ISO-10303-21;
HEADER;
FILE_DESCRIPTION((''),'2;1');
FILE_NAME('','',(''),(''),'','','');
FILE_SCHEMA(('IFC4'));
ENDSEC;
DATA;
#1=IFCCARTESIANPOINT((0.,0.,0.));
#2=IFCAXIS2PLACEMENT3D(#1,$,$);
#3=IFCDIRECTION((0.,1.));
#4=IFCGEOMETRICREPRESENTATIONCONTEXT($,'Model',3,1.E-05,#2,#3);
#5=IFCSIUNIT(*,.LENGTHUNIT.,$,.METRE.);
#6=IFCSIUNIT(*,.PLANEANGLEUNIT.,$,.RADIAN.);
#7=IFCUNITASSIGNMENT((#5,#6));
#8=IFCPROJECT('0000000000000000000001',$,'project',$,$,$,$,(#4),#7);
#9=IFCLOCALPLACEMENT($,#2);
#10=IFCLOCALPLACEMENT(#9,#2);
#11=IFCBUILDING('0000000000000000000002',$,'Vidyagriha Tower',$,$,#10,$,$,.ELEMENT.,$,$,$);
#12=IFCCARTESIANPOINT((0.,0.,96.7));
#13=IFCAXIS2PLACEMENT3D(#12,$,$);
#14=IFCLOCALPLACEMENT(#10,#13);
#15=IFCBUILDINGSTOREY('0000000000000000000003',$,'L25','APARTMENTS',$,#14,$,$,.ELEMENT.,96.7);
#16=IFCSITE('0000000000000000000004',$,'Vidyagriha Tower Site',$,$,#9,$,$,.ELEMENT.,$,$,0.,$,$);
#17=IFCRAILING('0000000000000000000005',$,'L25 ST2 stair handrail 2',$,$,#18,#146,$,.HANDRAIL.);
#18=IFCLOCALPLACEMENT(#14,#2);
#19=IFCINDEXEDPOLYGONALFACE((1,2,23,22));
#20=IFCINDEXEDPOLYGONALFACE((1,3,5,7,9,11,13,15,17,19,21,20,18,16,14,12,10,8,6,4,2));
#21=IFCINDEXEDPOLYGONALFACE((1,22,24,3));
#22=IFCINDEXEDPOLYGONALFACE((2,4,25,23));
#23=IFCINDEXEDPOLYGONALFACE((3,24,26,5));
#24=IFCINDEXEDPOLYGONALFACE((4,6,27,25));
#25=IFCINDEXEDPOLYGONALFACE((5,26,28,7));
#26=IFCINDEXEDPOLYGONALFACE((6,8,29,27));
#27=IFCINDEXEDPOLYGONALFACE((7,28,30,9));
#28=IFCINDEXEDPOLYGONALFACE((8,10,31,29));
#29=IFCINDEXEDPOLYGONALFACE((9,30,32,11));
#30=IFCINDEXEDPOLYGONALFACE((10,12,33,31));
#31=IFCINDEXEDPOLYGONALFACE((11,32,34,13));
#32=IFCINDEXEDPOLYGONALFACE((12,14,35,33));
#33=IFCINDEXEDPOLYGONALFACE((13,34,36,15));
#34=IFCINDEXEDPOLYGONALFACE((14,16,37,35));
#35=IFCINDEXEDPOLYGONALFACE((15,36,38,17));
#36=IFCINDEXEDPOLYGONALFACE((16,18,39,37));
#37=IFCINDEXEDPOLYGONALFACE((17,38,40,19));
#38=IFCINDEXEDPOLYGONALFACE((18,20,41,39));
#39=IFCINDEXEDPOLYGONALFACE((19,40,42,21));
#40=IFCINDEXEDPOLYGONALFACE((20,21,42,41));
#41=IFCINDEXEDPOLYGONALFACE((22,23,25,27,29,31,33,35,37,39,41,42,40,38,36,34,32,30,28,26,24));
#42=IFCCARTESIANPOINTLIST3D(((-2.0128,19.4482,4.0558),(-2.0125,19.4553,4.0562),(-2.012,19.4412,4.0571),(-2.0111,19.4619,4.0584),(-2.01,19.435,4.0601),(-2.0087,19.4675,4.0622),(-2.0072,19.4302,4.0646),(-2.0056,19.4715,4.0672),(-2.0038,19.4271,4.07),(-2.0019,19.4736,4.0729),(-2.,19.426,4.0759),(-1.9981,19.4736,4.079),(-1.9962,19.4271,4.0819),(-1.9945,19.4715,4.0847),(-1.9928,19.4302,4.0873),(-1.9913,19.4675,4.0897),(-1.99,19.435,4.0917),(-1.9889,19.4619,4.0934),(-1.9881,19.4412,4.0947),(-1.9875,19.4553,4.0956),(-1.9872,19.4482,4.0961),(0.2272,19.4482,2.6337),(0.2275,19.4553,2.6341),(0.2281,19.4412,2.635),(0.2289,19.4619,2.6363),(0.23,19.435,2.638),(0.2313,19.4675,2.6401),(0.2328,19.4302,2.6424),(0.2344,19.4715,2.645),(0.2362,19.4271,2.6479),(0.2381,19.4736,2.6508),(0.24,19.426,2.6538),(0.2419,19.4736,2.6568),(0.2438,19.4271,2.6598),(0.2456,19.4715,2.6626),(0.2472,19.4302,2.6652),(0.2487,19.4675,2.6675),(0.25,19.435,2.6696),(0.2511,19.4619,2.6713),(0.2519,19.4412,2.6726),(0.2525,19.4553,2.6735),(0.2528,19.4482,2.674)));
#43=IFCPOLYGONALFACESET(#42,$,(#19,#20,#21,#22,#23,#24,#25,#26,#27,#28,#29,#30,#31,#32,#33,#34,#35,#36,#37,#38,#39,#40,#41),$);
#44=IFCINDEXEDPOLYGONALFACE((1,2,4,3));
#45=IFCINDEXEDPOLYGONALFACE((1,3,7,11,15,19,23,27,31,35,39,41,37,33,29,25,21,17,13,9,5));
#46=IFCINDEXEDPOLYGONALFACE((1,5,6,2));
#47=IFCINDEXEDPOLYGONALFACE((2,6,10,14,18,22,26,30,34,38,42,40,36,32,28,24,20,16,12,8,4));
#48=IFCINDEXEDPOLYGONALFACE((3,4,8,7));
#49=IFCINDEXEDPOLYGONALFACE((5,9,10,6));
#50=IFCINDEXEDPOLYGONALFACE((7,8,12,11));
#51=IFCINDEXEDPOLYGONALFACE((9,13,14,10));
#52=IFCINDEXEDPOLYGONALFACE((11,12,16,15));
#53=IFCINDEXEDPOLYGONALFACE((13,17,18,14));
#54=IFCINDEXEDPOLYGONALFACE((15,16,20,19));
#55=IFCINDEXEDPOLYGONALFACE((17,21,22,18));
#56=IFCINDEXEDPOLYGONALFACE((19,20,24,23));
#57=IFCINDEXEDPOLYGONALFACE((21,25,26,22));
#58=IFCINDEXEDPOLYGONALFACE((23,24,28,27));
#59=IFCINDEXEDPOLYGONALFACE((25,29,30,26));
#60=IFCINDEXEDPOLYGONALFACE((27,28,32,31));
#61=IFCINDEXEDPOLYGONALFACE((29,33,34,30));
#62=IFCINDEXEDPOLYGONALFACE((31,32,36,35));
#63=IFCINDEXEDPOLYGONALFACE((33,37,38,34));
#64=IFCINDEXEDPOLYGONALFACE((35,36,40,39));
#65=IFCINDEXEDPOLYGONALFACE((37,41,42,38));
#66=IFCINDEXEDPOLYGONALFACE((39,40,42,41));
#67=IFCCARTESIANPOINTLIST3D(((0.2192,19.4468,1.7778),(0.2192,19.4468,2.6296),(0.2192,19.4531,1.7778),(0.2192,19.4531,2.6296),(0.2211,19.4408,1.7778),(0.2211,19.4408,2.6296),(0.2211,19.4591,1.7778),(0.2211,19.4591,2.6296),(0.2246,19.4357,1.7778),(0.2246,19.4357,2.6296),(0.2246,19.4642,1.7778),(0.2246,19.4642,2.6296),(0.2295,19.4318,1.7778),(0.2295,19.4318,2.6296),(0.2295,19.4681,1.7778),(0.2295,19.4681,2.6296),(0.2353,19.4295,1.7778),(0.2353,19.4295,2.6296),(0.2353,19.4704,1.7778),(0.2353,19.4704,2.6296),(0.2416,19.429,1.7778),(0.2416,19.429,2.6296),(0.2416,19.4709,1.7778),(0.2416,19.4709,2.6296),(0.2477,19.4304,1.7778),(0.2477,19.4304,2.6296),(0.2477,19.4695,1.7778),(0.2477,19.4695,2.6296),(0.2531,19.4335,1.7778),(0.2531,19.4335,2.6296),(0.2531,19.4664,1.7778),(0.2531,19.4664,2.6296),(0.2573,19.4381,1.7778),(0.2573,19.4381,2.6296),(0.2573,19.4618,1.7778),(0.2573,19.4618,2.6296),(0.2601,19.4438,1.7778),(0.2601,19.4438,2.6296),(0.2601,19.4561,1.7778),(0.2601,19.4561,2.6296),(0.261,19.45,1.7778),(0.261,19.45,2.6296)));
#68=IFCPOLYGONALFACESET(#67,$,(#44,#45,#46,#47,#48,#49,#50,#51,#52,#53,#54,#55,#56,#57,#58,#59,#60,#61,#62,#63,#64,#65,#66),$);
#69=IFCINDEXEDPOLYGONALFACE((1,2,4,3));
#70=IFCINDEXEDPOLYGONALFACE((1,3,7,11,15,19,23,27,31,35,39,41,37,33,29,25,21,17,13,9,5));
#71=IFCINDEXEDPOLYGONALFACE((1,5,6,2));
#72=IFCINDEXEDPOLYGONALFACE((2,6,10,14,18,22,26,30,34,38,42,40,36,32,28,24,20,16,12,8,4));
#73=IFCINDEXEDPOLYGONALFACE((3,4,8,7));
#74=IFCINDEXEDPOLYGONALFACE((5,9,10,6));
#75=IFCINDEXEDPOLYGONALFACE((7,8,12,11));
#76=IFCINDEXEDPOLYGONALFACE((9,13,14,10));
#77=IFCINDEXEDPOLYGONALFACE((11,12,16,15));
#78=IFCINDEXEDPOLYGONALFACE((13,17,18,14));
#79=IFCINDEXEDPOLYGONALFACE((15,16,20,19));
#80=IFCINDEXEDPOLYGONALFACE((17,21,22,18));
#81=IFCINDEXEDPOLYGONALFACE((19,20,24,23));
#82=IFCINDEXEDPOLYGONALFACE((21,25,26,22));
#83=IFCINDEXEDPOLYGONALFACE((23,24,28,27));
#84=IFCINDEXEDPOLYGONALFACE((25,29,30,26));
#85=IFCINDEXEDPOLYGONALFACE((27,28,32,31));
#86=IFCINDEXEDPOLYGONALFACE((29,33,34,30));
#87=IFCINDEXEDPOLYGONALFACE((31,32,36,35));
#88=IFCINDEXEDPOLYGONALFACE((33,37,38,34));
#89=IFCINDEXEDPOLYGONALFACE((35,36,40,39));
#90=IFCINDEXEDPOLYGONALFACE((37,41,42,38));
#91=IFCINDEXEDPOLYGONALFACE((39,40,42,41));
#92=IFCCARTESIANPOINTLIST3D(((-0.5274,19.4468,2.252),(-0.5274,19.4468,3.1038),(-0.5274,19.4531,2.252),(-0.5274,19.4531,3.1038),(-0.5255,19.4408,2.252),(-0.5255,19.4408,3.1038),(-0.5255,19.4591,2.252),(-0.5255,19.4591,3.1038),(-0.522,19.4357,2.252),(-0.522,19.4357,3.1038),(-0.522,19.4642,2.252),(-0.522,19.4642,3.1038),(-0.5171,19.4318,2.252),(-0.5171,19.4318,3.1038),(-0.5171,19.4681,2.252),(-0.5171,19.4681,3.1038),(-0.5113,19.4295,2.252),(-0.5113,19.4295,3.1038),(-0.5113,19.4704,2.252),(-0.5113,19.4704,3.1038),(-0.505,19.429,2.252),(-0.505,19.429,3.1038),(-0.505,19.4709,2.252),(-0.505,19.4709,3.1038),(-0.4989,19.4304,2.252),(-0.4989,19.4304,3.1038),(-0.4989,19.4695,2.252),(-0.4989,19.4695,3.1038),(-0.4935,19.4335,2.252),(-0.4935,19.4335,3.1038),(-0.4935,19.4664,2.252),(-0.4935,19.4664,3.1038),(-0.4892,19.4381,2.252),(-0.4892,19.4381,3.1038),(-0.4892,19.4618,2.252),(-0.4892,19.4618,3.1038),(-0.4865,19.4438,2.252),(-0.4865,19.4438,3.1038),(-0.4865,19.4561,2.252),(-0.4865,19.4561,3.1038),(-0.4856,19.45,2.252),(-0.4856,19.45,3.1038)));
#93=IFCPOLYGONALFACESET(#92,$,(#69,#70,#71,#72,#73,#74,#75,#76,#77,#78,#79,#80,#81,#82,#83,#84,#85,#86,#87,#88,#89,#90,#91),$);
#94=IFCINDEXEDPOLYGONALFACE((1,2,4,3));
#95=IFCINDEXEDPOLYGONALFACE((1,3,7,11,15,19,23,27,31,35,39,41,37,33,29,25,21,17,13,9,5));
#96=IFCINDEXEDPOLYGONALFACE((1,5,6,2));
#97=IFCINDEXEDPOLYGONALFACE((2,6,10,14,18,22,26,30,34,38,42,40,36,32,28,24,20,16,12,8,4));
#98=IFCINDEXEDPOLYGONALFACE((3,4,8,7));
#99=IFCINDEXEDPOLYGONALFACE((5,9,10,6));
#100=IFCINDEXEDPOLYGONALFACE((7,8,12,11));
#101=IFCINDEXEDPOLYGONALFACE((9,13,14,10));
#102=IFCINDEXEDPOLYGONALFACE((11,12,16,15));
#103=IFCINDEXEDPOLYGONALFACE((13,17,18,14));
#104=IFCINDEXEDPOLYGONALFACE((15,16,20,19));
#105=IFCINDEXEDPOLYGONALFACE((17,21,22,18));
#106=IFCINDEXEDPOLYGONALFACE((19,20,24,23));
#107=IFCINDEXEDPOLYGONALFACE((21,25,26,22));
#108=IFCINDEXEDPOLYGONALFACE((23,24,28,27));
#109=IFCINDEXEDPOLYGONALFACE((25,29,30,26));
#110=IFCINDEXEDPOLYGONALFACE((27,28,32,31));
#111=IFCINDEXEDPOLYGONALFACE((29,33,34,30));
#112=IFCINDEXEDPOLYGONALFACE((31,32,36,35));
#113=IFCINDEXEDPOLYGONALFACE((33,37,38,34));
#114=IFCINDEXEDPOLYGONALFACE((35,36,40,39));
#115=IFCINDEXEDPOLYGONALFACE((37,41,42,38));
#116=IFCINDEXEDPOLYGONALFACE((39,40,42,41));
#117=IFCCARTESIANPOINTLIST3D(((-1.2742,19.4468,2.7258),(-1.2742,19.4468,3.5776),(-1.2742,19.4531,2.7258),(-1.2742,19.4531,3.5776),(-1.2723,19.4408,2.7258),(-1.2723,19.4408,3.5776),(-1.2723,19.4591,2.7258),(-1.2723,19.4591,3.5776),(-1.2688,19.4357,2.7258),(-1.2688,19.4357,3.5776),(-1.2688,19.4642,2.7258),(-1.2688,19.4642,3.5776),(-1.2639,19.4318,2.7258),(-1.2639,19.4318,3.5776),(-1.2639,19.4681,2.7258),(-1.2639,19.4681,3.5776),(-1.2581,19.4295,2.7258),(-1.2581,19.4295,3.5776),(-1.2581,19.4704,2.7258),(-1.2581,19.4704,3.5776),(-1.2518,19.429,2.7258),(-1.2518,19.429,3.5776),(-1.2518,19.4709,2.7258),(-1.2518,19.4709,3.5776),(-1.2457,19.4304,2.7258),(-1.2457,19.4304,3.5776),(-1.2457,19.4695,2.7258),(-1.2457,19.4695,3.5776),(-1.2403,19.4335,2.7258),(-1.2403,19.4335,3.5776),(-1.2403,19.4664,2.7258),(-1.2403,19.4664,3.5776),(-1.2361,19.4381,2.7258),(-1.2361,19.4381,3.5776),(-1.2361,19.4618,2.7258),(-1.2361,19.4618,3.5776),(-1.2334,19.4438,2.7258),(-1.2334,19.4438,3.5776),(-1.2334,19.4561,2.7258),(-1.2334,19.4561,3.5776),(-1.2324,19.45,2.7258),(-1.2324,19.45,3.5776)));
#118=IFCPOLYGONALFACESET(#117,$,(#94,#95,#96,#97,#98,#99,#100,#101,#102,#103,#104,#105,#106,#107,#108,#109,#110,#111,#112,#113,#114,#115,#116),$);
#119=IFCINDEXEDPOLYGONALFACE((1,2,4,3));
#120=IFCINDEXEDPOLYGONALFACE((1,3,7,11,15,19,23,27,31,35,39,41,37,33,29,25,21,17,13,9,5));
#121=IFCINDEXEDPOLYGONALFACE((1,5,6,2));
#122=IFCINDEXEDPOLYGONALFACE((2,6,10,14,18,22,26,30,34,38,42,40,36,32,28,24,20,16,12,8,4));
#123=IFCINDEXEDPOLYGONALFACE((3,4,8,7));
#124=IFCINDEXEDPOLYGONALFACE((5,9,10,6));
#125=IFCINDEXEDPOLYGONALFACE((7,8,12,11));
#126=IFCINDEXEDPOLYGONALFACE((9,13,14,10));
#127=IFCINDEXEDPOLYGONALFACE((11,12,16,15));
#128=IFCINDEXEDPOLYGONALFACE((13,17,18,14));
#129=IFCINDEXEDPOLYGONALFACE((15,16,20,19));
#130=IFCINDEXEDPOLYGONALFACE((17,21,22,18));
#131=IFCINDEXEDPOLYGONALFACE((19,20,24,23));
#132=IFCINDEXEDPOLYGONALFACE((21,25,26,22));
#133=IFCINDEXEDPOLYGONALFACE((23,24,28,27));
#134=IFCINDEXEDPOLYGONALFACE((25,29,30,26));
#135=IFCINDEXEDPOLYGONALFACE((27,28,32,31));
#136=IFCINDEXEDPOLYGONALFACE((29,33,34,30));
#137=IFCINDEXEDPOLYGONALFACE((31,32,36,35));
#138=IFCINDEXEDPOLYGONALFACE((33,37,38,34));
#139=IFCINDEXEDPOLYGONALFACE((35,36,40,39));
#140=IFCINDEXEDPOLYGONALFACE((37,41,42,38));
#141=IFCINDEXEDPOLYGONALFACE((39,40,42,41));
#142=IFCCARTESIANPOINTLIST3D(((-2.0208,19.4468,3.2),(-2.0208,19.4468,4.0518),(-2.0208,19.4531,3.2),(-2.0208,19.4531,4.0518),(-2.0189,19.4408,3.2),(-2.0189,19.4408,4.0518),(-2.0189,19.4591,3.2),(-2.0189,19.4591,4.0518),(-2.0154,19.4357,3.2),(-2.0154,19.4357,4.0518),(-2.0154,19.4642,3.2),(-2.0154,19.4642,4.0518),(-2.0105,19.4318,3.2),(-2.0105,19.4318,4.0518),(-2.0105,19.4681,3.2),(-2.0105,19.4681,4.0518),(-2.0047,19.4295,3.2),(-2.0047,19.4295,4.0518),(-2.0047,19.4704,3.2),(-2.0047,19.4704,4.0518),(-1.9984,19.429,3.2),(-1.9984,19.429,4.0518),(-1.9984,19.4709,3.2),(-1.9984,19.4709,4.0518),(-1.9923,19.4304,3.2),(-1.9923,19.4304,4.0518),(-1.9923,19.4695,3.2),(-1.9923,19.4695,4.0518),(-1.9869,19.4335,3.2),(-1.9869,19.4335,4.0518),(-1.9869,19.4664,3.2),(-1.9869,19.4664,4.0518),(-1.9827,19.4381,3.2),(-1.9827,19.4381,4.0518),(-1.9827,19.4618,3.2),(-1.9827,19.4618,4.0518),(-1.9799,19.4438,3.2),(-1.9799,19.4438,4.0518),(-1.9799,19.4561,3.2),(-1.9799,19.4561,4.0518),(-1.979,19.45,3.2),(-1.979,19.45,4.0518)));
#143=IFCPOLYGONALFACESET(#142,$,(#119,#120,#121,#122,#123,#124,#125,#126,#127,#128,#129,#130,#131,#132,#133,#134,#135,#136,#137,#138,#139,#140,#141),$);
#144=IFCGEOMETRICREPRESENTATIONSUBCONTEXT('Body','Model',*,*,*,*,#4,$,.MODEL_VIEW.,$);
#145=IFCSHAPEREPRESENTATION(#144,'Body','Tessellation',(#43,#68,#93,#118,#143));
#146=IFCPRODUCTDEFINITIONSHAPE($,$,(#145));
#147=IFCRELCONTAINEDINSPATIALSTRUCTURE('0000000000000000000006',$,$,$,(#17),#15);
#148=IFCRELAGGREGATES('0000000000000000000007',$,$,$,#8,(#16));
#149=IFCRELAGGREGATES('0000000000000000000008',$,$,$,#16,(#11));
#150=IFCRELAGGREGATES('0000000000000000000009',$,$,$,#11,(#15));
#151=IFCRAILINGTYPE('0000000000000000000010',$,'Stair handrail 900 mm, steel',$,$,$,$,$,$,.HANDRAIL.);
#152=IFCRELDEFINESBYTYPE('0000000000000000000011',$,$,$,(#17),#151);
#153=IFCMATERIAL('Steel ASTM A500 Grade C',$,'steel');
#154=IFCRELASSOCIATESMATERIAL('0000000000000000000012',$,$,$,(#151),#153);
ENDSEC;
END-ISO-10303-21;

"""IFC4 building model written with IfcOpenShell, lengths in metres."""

from ifc_helpers import new_model, si_unit, direction, frame, origin, origin_2d, place, context, subcontext, project, spatial, circle, extrude, material, type_object, element, save


model = new_model("IFC4")

# Units and contexts
model_context = context("Model", 3, precision=1e-05, world=origin(), true_north=direction((0.0, 1.0)))
body_context = subcontext(model_context, "Body", "Model", "MODEL_VIEW")
ifc_project = project(units=[si_unit("LENGTHUNIT", "METRE"), si_unit("PLANEANGLEUNIT", "RADIAN")], contexts=[model_context])

# Site, building, storey
site_placement = place(None, origin())
site = spatial("IfcSite", under=ifc_project, at=site_placement, Name="Vidyagriha Tower Site", CompositionType="ELEMENT", RefElevation=0.0)
building_placement = place(site_placement, origin())
building = spatial("IfcBuilding", under=site, at=building_placement, Name="Vidyagriha Tower", CompositionType="ELEMENT")
storey_placement = place(building_placement, frame((0.0, 0.0, 96.7)))
storey = spatial("IfcBuildingStorey", under=building, at=storey_placement, Name="L25", Description="APARTMENTS", CompositionType="ELEMENT", Elevation=96.7)

# Railing
ifc_material_1 = material(Name="Steel ASTM A500 Grade C", Category="steel")
railing_type_1 = type_object("IfcRailingType", Name="Stair handrail 900 mm, steel", PredefinedType="HANDRAIL", material=ifc_material_1)
railing_1_placement = place(storey_placement, frame((0.24, 19.45, 1.7778)))
element("IfcRailing", 1, at=railing_1_placement, inside=storey, type_object=railing_type_1, Name="L25 ST2 stair handrail 2", PredefinedType="HANDRAIL", context=body_context, shape_type="SweptSolid", body=[
    extrude(circle(Radius=0.0239, at=origin_2d()), frame((0.0, 0.0, 0.876), z_axis=(-0.844229, 0.0, 0.535982), x_axis=(0.0, -1.0, 0.0)), (0.0, 0.0, 1.0), 2.6533),
    extrude(circle(Radius=0.021, at=origin_2d()), origin(), (0.0, 0.0, 1.0), 0.8518),
    extrude(circle(Radius=0.021, at=origin_2d()), frame((-0.7466, 0.0, 0.4741)), (0.0, 0.0, 1.0), 0.8518),
    extrude(circle(Radius=0.021, at=origin_2d()), frame((-1.4934, 0.0, 0.948)), (0.0, 0.0, 1.0), 0.8518),
    extrude(circle(Radius=0.021, at=origin_2d()), frame((-2.24, 0.0, 1.4221)), (0.0, 0.0, 1.0), 0.8518),
])

save(model, "model.ifc")
